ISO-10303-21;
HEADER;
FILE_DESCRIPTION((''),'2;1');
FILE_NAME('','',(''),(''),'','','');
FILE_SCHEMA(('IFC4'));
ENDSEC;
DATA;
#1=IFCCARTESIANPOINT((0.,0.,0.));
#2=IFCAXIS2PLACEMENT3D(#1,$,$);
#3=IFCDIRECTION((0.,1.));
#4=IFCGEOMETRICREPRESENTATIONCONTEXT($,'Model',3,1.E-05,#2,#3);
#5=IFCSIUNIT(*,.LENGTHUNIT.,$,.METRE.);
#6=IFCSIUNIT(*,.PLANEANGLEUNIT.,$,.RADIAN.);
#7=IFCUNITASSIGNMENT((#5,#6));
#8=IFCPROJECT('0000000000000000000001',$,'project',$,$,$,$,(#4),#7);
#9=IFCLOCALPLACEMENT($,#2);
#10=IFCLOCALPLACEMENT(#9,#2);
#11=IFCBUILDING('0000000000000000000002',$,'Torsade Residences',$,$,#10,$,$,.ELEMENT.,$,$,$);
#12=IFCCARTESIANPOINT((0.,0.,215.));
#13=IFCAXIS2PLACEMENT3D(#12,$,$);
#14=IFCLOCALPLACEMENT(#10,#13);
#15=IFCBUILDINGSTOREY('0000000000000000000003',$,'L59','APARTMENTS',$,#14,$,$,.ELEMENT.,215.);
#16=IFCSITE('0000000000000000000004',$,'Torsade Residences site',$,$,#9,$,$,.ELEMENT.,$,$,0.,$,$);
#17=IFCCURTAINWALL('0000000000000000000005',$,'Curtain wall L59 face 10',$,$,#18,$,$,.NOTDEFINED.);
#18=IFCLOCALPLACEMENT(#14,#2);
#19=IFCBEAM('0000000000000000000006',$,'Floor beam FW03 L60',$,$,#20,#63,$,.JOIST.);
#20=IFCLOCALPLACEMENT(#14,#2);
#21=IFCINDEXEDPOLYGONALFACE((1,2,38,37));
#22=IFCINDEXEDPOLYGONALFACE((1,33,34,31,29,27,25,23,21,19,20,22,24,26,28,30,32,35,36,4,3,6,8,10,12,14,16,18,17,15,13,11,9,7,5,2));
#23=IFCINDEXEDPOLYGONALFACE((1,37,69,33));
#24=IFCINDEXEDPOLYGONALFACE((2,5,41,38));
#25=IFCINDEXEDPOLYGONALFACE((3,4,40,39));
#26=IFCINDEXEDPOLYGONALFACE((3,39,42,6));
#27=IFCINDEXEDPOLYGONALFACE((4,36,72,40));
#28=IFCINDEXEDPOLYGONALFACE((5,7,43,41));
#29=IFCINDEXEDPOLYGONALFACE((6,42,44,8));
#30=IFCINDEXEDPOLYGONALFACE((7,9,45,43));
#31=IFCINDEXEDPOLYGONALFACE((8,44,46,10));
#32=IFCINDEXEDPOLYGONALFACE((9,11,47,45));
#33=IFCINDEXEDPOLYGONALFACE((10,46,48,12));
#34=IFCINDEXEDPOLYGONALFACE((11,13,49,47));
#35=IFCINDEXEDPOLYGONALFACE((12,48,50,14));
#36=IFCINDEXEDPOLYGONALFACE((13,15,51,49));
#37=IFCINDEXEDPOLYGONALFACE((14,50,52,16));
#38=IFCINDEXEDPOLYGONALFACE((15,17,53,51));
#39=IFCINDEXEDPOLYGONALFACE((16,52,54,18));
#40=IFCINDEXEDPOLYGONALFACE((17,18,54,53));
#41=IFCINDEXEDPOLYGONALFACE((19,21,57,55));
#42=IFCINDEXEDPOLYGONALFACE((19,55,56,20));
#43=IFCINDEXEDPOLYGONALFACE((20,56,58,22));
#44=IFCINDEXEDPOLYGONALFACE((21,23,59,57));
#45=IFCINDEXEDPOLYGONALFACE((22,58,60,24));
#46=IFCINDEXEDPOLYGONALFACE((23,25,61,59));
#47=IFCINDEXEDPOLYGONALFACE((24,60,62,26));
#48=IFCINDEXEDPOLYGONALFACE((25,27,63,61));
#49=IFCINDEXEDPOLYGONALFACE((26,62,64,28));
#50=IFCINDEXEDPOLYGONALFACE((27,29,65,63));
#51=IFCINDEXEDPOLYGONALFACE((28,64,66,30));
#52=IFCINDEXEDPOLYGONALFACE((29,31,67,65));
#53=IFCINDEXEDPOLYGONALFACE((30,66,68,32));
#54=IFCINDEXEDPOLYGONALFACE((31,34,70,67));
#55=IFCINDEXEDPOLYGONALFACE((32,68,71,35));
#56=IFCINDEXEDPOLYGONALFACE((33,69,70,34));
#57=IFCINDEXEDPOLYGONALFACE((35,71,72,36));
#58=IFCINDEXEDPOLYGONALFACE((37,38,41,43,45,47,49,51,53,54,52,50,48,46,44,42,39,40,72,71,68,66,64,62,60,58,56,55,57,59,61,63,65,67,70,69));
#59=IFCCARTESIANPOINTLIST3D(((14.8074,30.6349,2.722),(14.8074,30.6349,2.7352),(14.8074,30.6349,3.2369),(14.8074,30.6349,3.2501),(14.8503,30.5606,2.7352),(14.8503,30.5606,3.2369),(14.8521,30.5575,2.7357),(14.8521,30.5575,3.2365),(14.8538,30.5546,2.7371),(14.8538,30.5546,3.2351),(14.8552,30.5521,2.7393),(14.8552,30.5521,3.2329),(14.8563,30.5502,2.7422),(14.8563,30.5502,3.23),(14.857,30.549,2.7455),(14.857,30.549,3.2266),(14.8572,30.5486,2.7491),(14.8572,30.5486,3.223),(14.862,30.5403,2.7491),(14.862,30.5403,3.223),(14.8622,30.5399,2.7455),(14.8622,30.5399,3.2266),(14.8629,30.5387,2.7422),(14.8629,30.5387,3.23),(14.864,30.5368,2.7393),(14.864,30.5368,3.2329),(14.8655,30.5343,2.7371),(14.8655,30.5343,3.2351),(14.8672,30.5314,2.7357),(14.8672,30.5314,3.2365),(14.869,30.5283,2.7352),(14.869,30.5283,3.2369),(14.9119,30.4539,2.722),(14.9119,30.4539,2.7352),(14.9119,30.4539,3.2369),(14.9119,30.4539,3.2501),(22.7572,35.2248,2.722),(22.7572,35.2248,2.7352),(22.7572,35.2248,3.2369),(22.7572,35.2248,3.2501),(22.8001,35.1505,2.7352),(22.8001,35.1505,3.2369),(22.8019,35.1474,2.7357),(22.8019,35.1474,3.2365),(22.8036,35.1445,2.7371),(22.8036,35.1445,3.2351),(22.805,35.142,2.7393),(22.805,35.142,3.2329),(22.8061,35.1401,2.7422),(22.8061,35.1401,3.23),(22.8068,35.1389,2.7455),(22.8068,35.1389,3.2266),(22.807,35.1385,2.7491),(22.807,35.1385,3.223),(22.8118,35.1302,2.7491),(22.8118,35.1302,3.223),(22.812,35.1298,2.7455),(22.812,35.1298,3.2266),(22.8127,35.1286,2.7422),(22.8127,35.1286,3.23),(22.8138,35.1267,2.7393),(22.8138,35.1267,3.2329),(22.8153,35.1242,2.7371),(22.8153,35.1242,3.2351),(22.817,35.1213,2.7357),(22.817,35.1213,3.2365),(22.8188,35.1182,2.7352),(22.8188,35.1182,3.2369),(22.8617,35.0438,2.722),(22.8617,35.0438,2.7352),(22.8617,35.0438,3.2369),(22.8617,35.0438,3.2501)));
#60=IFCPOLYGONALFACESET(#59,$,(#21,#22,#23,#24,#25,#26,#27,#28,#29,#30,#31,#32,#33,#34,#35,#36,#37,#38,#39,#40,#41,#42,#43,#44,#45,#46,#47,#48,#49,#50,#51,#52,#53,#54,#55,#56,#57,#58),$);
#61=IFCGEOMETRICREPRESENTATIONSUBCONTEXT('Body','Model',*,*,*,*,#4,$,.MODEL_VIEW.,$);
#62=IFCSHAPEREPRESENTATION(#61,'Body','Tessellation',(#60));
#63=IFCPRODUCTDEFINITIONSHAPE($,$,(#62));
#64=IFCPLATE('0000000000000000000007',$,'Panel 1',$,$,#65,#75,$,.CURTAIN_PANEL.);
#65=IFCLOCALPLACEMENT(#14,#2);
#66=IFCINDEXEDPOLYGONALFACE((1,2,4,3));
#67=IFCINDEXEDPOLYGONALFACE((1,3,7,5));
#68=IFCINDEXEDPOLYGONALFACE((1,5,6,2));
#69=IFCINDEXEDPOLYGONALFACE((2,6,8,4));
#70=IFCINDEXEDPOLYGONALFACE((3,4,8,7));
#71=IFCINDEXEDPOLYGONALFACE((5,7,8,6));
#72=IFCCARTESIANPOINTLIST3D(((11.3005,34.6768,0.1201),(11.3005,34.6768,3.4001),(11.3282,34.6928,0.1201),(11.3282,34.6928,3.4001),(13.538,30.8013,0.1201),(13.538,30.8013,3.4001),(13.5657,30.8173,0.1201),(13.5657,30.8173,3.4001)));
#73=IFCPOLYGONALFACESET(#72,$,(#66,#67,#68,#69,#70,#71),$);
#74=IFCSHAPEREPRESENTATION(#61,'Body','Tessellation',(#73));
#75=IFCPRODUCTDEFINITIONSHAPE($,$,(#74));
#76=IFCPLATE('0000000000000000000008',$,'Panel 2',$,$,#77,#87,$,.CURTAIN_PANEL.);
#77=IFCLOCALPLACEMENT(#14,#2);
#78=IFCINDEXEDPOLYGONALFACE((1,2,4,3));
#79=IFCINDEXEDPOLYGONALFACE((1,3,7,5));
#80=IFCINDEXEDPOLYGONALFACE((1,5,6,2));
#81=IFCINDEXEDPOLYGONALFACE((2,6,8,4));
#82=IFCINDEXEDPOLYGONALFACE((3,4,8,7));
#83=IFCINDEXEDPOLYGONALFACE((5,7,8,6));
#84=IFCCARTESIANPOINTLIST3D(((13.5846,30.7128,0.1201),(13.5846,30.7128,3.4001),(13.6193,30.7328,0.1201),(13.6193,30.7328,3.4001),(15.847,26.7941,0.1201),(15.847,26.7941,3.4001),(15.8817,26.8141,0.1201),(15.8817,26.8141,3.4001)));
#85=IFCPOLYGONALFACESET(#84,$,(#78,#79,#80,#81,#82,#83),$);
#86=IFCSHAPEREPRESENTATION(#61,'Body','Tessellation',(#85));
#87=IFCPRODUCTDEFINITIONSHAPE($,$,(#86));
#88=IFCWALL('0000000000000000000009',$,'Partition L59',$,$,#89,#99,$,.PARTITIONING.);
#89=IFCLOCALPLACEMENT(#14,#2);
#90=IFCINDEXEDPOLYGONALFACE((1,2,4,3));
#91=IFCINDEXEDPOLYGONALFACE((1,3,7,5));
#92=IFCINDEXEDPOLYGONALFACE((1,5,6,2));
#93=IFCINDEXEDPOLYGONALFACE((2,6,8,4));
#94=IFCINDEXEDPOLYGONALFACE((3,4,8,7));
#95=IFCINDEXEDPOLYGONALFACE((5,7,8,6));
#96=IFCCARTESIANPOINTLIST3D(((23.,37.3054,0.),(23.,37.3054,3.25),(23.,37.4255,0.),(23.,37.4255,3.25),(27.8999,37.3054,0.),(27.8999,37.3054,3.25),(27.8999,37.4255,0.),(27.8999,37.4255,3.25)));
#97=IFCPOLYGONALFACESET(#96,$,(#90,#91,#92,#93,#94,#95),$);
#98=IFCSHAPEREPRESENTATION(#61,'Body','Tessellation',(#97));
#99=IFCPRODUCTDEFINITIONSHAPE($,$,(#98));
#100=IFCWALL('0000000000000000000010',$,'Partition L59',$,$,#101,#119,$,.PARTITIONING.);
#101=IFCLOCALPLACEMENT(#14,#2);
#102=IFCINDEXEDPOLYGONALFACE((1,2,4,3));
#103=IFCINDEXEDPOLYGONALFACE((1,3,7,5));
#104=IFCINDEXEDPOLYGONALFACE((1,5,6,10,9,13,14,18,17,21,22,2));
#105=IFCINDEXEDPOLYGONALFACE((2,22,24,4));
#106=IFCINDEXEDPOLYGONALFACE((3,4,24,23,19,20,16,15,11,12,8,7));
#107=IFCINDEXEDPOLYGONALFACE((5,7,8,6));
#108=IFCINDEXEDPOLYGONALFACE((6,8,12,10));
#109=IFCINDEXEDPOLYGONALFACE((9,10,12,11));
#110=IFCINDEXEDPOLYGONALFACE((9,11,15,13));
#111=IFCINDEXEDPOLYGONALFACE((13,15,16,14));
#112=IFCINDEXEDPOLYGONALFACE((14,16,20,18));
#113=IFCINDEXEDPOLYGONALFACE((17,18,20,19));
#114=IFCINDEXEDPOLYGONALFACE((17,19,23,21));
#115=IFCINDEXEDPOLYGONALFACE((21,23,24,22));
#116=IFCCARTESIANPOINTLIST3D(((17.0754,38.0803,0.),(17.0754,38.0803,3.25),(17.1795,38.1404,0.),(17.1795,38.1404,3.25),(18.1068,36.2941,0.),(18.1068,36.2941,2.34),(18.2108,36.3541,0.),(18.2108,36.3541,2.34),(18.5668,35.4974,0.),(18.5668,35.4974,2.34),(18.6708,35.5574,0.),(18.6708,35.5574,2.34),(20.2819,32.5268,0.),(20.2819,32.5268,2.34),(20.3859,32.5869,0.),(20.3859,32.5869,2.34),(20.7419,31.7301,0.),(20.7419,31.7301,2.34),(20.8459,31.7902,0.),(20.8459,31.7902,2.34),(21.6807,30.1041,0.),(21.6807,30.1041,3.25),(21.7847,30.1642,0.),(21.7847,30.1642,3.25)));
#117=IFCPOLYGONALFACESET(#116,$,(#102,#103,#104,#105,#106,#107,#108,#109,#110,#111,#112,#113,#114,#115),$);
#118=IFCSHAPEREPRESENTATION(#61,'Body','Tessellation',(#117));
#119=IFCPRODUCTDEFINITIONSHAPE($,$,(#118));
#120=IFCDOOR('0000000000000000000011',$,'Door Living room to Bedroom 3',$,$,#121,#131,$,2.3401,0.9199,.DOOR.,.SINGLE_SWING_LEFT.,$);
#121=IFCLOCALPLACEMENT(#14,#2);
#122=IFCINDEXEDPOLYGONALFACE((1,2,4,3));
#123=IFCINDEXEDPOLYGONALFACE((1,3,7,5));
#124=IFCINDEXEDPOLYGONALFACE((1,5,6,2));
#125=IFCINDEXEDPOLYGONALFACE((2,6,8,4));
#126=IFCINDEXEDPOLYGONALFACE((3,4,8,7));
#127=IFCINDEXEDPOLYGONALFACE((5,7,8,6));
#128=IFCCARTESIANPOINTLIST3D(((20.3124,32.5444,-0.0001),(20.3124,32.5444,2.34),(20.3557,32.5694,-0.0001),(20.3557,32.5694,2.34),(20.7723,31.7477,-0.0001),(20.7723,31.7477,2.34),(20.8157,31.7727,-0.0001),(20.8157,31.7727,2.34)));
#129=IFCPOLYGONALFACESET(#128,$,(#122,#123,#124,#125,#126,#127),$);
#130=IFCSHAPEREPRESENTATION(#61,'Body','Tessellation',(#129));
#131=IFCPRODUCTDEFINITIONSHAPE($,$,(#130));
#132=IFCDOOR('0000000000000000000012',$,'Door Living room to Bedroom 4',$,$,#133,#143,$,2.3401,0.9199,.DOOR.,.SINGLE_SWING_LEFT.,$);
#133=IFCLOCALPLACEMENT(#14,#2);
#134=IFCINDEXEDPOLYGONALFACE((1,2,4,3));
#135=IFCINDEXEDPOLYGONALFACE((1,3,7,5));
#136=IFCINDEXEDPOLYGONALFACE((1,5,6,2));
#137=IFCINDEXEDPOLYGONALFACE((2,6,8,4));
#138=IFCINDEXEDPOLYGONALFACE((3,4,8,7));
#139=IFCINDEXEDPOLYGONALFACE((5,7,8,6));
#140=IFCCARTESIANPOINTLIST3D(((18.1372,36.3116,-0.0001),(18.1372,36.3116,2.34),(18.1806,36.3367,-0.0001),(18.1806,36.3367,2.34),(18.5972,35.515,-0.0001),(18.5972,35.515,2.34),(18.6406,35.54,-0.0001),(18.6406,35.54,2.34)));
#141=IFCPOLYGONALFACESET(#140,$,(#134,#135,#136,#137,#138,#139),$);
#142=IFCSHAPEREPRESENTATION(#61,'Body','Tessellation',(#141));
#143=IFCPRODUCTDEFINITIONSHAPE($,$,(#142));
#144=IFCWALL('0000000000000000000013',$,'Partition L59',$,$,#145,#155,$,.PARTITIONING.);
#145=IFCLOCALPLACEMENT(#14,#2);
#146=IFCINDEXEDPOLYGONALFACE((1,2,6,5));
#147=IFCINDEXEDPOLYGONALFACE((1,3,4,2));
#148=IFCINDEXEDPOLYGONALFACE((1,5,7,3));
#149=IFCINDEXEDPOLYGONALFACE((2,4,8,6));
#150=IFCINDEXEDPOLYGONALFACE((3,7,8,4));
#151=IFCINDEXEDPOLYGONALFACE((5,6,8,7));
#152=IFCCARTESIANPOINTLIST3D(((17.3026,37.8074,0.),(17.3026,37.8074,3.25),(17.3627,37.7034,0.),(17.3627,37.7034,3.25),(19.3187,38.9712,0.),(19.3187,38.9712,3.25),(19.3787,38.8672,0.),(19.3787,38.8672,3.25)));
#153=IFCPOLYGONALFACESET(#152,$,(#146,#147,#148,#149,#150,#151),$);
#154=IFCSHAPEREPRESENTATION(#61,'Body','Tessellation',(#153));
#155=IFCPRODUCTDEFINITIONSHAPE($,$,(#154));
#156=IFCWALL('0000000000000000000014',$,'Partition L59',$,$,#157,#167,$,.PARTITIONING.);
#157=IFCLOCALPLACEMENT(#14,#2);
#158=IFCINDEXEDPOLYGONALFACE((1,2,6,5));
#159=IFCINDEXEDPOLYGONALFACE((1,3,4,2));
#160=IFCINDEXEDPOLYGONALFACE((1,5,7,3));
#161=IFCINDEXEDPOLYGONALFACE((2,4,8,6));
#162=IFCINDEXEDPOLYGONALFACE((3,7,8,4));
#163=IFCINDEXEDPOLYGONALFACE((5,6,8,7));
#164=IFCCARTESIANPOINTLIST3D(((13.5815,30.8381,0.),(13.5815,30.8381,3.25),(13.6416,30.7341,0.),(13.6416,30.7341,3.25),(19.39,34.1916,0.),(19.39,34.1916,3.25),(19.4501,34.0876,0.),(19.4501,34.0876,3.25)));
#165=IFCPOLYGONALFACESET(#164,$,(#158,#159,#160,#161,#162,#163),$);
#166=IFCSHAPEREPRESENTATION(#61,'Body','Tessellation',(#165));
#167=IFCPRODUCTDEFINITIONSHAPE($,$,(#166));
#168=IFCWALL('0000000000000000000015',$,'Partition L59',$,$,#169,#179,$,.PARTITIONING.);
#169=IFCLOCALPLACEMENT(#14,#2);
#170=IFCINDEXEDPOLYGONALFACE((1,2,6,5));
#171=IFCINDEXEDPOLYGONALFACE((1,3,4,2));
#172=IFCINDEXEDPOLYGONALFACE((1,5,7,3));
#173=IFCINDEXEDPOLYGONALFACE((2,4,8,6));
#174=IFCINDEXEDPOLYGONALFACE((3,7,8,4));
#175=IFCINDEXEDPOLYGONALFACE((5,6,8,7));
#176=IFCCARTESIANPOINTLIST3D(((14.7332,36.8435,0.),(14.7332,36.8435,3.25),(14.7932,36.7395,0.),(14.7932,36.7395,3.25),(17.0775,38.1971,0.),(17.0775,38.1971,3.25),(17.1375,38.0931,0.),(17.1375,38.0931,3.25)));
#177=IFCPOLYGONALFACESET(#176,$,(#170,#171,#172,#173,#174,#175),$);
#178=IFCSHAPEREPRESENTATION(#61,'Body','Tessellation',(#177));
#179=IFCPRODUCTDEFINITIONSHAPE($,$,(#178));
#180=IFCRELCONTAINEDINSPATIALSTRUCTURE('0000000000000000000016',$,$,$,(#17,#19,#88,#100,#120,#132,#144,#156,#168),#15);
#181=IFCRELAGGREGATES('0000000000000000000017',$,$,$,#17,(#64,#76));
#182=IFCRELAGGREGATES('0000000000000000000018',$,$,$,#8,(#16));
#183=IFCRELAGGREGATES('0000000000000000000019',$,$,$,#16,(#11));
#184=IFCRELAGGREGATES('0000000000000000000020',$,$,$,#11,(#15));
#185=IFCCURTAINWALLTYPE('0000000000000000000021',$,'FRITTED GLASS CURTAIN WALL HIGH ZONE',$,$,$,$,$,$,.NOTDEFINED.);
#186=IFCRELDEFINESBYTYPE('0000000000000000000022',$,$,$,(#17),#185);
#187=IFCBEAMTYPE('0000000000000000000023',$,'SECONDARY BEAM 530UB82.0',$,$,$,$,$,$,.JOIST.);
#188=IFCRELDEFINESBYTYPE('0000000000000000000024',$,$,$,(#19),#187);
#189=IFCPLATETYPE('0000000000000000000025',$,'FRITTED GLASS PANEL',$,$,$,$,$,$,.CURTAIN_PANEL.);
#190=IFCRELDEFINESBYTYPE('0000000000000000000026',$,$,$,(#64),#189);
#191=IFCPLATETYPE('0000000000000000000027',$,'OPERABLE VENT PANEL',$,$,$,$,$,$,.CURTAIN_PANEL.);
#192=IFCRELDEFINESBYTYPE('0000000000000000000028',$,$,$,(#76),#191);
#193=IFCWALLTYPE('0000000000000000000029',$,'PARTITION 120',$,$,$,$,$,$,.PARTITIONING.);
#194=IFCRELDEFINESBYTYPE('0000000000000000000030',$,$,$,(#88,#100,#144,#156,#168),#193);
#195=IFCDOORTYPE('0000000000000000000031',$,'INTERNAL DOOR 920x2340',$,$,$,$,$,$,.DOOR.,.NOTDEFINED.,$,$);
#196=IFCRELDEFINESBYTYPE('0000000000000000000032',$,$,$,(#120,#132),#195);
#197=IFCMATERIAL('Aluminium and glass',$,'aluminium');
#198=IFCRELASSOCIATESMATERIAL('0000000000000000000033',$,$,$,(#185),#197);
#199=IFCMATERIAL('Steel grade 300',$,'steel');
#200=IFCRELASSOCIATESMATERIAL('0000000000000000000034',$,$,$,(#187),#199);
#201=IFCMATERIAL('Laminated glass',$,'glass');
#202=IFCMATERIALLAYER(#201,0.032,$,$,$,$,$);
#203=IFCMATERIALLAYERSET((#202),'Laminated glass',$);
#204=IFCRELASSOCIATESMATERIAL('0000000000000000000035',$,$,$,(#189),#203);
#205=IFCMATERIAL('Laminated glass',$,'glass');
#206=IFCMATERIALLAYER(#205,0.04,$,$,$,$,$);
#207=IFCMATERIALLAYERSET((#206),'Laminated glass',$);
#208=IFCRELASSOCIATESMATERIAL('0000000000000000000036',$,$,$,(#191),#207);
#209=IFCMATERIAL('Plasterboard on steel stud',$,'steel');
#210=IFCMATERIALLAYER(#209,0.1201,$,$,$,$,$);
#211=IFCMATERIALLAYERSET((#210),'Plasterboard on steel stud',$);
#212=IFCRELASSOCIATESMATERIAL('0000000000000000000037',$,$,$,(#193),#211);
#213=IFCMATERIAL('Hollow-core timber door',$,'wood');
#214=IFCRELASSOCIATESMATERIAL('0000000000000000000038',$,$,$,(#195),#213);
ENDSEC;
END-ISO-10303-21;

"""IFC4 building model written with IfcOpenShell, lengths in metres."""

from ifc_helpers import new_model, si_unit, direction, frame, frame_2d, origin, origin_2d, place, context, subcontext, project, spatial, rectangle, i_section, extrude, material, layer, layer_set, material_profile, profile_set, type_object, element, fill, aggregate, save


model = new_model("IFC4")

# Units and contexts
model_context = context("Model", 3, precision=1e-05, world=origin(), true_north=direction((0.0, 1.0)))
body_context = subcontext(model_context, "Body", "Model", "MODEL_VIEW")
ifc_project = project(units=[si_unit("LENGTHUNIT", "METRE"), si_unit("PLANEANGLEUNIT", "RADIAN")], contexts=[model_context])

# Site, building, storey
site_placement = place(None, origin())
site = spatial("IfcSite", under=ifc_project, at=site_placement, Name="Torsade Residences site", CompositionType="ELEMENT", RefElevation=0.0)
building_placement = place(site_placement, origin())
building = spatial("IfcBuilding", under=site, at=building_placement, Name="Torsade Residences", CompositionType="ELEMENT")
storey_placement = place(building_placement, frame((0.0, 0.0, 215.0)))
storey = spatial("IfcBuildingStorey", under=building, at=storey_placement, Name="L59", Description="APARTMENTS", CompositionType="ELEMENT", Elevation=215.0)

# Curtain wall
ifc_material_1 = material(Name="Aluminium and glass", Category="aluminium")
curtain_wall_type = type_object("IfcCurtainWallType", Name="FRITTED GLASS CURTAIN WALL HIGH ZONE", PredefinedType="NOTDEFINED", material=ifc_material_1)
curtain_wall_placement = place(storey_placement, origin())
curtain_wall = element("IfcCurtainWall", 1, at=curtain_wall_placement, inside=storey, type_object=curtain_wall_type, Name="Curtain wall L59 face 10", PredefinedType="NOTDEFINED")

# Beam
ifc_material_2 = material(Name="Steel grade 300", Category="steel")
ifc_material_profile_1 = material_profile(ifc_material_2, i_section(OverallWidth=0.209, OverallDepth=0.5281, WebThickness=0.0095, FlangeThickness=0.0132, FilletRadius=0.0139, at=origin_2d()), Name="530UB82.0")
ifc_profile_set_1 = profile_set([ifc_material_profile_1], Name="Steel grade 300")
beam_type_1 = type_object("IfcBeamType", Name="SECONDARY BEAM 530UB82.0", PredefinedType="JOIST", material=ifc_profile_set_1)
beam_1_placement = place(storey_placement, frame((14.8596, 30.5444, 2.9861), z_axis=(0.866022, 0.500006, 0.0), x_axis=(-0.500006, 0.866022, 0.0)))
element("IfcBeam", 2, at=beam_1_placement, inside=storey, type_object=beam_type_1, Name="Floor beam FW03 L60", PredefinedType="JOIST", context=body_context, shape_type="SweptSolid", body=[
    extrude(i_section(OverallWidth=0.209, OverallDepth=0.5281, WebThickness=0.0095, FlangeThickness=0.0132, FilletRadius=0.0139, at=origin_2d()), origin(), (0.0, 0.0, 1.0), 9.1797),
])

# Plates
ifc_material_3 = material(Name="Laminated glass", Category="glass")
ifc_layer_1 = layer(ifc_material_3, 0.032)
ifc_layer_set_1 = layer_set([ifc_layer_1], Name="Laminated glass")
plate_type_1 = type_object("IfcPlateType", Name="FRITTED GLASS PANEL", PredefinedType="CURTAIN_PANEL", material=ifc_layer_set_1)
plate_1_placement = place(storey_placement, frame((12.4331, 32.7471, 0.1201), z_axis=(0.0, 0.0, 1.0), x_axis=(0.5, -0.866025, 0.0)))
plate_1 = element("IfcPlate", 3, at=plate_1_placement, type_object=plate_type_1, Name="Panel 1", PredefinedType="CURTAIN_PANEL", context=body_context, shape_type="SweptSolid", body=[
    extrude(rectangle(XDim=4.4751, YDim=0.032, at=origin_2d()), origin(), (0.0, 0.0, 1.0), 3.28),
])
ifc_material_4 = material(Name="Laminated glass", Category="glass")
ifc_layer_2 = layer(ifc_material_4, 0.04)
ifc_layer_set_2 = layer_set([ifc_layer_2], Name="Laminated glass")
plate_type_2 = type_object("IfcPlateType", Name="OPERABLE VENT PANEL", PredefinedType="CURTAIN_PANEL", material=ifc_layer_set_2)
plate_2_placement = place(storey_placement, frame((14.7332, 28.7634, 0.1201), z_axis=(0.0, 0.0, 1.0), x_axis=(0.5, -0.866025, 0.0)))
plate_2 = element("IfcPlate", 4, at=plate_2_placement, type_object=plate_type_2, Name="Panel 2", PredefinedType="CURTAIN_PANEL", context=body_context, shape_type="SweptSolid", body=[
    extrude(rectangle(XDim=4.5249, YDim=0.04, at=origin_2d()), origin(), (0.0, 0.0, 1.0), 3.28),
])
aggregate(curtain_wall, [plate_1, plate_2])

# Wall
ifc_material_5 = material(Name="Plasterboard on steel stud", Category="steel")
ifc_layer_3 = layer(ifc_material_5, 0.1201)
ifc_layer_set_3 = layer_set([ifc_layer_3], Name="Plasterboard on steel stud")
wall_type_1 = type_object("IfcWallType", Name="PARTITION 120", PredefinedType="PARTITIONING", material=ifc_layer_set_3)
wall_1_placement = place(storey_placement, frame((23.0, 37.3655, 0.0), z_axis=(0.0, 0.0, 1.0), x_axis=(1.0, 0.0, 0.0)))
element("IfcWall", 5, at=wall_1_placement, inside=storey, type_object=wall_type_1, Name="Partition L59", PredefinedType="PARTITIONING", context=body_context, shape_type="SweptSolid", body=[
    extrude(rectangle(XDim=4.8999, YDim=0.1201, at=frame_2d((2.45, 0.0))), origin(), (0.0, 0.0, 1.0), 3.25),
])

# Wall, openings, doors
wall_2_placement = place(storey_placement, frame((21.7327, 30.1343, 0.0), z_axis=(0.0, 0.0, 1.0), x_axis=(-0.500019, 0.866014, 0.0)))
wall_2 = element("IfcWall", 6, at=wall_2_placement, inside=storey, type_object=wall_type_1, Name="Partition L59", PredefinedType="PARTITIONING", context=body_context, shape_type="SweptSolid", body=[
    extrude(rectangle(XDim=9.2102, YDim=0.1201, at=frame_2d((4.605, 0.0))), origin(), (0.0, 0.0, 1.0), 3.25),
])
opening_1_placement = place(wall_2_placement, frame((1.8774, 0.0, 0.0)))
opening_1 = element("IfcOpeningElement", 7, at=opening_1_placement, cuts=wall_2, PredefinedType="OPENING", context=body_context, shape_type="SweptSolid", body=[
    extrude(rectangle(XDim=0.9199, YDim=2.3401, at=frame_2d((0.46, 1.1699))), frame((0.0, 0.0701, 0.0), z_axis=(0.0, -1.0, 0.0), x_axis=(1.0, 0.0, 0.0)), (0.0, 0.0, 1.0), 0.1401),
])
opening_2_placement = place(wall_2_placement, frame((6.2275, 0.0, 0.0)))
opening_2 = element("IfcOpeningElement", 8, at=opening_2_placement, cuts=wall_2, PredefinedType="OPENING", context=body_context, shape_type="SweptSolid", body=[
    extrude(rectangle(XDim=0.9199, YDim=2.3401, at=frame_2d((0.46, 1.1699))), frame((0.0, 0.0701, 0.0), z_axis=(0.0, -1.0, 0.0), x_axis=(1.0, 0.0, 0.0)), (0.0, 0.0, 1.0), 0.1401),
])
ifc_material_6 = material(Name="Hollow-core timber door", Category="wood")
door_type = type_object("IfcDoorType", Name="INTERNAL DOOR 920x2340", OperationType="NOTDEFINED", PredefinedType="DOOR", material=ifc_material_6)
door_1_placement = place(opening_1_placement, origin())
door_1 = element("IfcDoor", 9, at=door_1_placement, inside=storey, type_object=door_type, Name="Door Living room to Bedroom 3", OperationType="SINGLE_SWING_LEFT", OverallHeight=2.3401, OverallWidth=0.9199, PredefinedType="DOOR", context=body_context, shape_type="SweptSolid", body=[
    extrude(rectangle(XDim=0.9199, YDim=2.3401, at=frame_2d((0.46, 1.1699))), frame((0.0, 0.0249, 0.0), z_axis=(0.0, -1.0, 0.0), x_axis=(1.0, 0.0, 0.0)), (0.0, 0.0, 1.0), 0.05),
])
fill(opening_1, door_1)
door_2_placement = place(opening_2_placement, origin())
door_2 = element("IfcDoor", 10, at=door_2_placement, inside=storey, type_object=door_type, Name="Door Living room to Bedroom 4", OperationType="SINGLE_SWING_LEFT", OverallHeight=2.3401, OverallWidth=0.9199, PredefinedType="DOOR", context=body_context, shape_type="SweptSolid", body=[
    extrude(rectangle(XDim=0.9199, YDim=2.3401, at=frame_2d((0.46, 1.1699))), frame((0.0, 0.0249, 0.0), z_axis=(0.0, -1.0, 0.0), x_axis=(1.0, 0.0, 0.0)), (0.0, 0.0, 1.0), 0.05),
])
fill(opening_2, door_2)

# Walls
wall_3_placement = place(storey_placement, frame((17.3325, 37.7554, 0.0), z_axis=(0.0, 0.0, 1.0), x_axis=(0.86606, 0.49994, 0.0)))
element("IfcWall", 11, at=wall_3_placement, inside=storey, type_object=wall_type_1, Name="Partition L59", PredefinedType="PARTITIONING", context=body_context, shape_type="SweptSolid", body=[
    extrude(rectangle(XDim=2.3279, YDim=0.1201, at=frame_2d((1.1641, 0.0))), origin(), (0.0, 0.0, 1.0), 3.25),
])
wall_4_placement = place(storey_placement, frame((13.6116, 30.7861, 0.0), z_axis=(0.0, 0.0, 1.0), x_axis=(0.86603, 0.499991, 0.0)))
element("IfcWall", 12, at=wall_4_placement, inside=storey, type_object=wall_type_1, Name="Partition L59", PredefinedType="PARTITIONING", context=body_context, shape_type="SweptSolid", body=[
    extrude(rectangle(XDim=6.707, YDim=0.1201, at=frame_2d((3.3535, 0.0))), origin(), (0.0, 0.0, 1.0), 3.25),
])
wall_5_placement = place(storey_placement, frame((14.7632, 36.7915, 0.0), z_axis=(0.0, 0.0, 1.0), x_axis=(0.866014, 0.500019, 0.0)))
element("IfcWall", 13, at=wall_5_placement, inside=storey, type_object=wall_type_1, Name="Partition L59", PredefinedType="PARTITIONING", context=body_context, shape_type="SweptSolid", body=[
    extrude(rectangle(XDim=2.707, YDim=0.1201, at=frame_2d((1.3535, 0.0))), origin(), (0.0, 0.0, 1.0), 3.25),
])

save(model, "model.ifc")
